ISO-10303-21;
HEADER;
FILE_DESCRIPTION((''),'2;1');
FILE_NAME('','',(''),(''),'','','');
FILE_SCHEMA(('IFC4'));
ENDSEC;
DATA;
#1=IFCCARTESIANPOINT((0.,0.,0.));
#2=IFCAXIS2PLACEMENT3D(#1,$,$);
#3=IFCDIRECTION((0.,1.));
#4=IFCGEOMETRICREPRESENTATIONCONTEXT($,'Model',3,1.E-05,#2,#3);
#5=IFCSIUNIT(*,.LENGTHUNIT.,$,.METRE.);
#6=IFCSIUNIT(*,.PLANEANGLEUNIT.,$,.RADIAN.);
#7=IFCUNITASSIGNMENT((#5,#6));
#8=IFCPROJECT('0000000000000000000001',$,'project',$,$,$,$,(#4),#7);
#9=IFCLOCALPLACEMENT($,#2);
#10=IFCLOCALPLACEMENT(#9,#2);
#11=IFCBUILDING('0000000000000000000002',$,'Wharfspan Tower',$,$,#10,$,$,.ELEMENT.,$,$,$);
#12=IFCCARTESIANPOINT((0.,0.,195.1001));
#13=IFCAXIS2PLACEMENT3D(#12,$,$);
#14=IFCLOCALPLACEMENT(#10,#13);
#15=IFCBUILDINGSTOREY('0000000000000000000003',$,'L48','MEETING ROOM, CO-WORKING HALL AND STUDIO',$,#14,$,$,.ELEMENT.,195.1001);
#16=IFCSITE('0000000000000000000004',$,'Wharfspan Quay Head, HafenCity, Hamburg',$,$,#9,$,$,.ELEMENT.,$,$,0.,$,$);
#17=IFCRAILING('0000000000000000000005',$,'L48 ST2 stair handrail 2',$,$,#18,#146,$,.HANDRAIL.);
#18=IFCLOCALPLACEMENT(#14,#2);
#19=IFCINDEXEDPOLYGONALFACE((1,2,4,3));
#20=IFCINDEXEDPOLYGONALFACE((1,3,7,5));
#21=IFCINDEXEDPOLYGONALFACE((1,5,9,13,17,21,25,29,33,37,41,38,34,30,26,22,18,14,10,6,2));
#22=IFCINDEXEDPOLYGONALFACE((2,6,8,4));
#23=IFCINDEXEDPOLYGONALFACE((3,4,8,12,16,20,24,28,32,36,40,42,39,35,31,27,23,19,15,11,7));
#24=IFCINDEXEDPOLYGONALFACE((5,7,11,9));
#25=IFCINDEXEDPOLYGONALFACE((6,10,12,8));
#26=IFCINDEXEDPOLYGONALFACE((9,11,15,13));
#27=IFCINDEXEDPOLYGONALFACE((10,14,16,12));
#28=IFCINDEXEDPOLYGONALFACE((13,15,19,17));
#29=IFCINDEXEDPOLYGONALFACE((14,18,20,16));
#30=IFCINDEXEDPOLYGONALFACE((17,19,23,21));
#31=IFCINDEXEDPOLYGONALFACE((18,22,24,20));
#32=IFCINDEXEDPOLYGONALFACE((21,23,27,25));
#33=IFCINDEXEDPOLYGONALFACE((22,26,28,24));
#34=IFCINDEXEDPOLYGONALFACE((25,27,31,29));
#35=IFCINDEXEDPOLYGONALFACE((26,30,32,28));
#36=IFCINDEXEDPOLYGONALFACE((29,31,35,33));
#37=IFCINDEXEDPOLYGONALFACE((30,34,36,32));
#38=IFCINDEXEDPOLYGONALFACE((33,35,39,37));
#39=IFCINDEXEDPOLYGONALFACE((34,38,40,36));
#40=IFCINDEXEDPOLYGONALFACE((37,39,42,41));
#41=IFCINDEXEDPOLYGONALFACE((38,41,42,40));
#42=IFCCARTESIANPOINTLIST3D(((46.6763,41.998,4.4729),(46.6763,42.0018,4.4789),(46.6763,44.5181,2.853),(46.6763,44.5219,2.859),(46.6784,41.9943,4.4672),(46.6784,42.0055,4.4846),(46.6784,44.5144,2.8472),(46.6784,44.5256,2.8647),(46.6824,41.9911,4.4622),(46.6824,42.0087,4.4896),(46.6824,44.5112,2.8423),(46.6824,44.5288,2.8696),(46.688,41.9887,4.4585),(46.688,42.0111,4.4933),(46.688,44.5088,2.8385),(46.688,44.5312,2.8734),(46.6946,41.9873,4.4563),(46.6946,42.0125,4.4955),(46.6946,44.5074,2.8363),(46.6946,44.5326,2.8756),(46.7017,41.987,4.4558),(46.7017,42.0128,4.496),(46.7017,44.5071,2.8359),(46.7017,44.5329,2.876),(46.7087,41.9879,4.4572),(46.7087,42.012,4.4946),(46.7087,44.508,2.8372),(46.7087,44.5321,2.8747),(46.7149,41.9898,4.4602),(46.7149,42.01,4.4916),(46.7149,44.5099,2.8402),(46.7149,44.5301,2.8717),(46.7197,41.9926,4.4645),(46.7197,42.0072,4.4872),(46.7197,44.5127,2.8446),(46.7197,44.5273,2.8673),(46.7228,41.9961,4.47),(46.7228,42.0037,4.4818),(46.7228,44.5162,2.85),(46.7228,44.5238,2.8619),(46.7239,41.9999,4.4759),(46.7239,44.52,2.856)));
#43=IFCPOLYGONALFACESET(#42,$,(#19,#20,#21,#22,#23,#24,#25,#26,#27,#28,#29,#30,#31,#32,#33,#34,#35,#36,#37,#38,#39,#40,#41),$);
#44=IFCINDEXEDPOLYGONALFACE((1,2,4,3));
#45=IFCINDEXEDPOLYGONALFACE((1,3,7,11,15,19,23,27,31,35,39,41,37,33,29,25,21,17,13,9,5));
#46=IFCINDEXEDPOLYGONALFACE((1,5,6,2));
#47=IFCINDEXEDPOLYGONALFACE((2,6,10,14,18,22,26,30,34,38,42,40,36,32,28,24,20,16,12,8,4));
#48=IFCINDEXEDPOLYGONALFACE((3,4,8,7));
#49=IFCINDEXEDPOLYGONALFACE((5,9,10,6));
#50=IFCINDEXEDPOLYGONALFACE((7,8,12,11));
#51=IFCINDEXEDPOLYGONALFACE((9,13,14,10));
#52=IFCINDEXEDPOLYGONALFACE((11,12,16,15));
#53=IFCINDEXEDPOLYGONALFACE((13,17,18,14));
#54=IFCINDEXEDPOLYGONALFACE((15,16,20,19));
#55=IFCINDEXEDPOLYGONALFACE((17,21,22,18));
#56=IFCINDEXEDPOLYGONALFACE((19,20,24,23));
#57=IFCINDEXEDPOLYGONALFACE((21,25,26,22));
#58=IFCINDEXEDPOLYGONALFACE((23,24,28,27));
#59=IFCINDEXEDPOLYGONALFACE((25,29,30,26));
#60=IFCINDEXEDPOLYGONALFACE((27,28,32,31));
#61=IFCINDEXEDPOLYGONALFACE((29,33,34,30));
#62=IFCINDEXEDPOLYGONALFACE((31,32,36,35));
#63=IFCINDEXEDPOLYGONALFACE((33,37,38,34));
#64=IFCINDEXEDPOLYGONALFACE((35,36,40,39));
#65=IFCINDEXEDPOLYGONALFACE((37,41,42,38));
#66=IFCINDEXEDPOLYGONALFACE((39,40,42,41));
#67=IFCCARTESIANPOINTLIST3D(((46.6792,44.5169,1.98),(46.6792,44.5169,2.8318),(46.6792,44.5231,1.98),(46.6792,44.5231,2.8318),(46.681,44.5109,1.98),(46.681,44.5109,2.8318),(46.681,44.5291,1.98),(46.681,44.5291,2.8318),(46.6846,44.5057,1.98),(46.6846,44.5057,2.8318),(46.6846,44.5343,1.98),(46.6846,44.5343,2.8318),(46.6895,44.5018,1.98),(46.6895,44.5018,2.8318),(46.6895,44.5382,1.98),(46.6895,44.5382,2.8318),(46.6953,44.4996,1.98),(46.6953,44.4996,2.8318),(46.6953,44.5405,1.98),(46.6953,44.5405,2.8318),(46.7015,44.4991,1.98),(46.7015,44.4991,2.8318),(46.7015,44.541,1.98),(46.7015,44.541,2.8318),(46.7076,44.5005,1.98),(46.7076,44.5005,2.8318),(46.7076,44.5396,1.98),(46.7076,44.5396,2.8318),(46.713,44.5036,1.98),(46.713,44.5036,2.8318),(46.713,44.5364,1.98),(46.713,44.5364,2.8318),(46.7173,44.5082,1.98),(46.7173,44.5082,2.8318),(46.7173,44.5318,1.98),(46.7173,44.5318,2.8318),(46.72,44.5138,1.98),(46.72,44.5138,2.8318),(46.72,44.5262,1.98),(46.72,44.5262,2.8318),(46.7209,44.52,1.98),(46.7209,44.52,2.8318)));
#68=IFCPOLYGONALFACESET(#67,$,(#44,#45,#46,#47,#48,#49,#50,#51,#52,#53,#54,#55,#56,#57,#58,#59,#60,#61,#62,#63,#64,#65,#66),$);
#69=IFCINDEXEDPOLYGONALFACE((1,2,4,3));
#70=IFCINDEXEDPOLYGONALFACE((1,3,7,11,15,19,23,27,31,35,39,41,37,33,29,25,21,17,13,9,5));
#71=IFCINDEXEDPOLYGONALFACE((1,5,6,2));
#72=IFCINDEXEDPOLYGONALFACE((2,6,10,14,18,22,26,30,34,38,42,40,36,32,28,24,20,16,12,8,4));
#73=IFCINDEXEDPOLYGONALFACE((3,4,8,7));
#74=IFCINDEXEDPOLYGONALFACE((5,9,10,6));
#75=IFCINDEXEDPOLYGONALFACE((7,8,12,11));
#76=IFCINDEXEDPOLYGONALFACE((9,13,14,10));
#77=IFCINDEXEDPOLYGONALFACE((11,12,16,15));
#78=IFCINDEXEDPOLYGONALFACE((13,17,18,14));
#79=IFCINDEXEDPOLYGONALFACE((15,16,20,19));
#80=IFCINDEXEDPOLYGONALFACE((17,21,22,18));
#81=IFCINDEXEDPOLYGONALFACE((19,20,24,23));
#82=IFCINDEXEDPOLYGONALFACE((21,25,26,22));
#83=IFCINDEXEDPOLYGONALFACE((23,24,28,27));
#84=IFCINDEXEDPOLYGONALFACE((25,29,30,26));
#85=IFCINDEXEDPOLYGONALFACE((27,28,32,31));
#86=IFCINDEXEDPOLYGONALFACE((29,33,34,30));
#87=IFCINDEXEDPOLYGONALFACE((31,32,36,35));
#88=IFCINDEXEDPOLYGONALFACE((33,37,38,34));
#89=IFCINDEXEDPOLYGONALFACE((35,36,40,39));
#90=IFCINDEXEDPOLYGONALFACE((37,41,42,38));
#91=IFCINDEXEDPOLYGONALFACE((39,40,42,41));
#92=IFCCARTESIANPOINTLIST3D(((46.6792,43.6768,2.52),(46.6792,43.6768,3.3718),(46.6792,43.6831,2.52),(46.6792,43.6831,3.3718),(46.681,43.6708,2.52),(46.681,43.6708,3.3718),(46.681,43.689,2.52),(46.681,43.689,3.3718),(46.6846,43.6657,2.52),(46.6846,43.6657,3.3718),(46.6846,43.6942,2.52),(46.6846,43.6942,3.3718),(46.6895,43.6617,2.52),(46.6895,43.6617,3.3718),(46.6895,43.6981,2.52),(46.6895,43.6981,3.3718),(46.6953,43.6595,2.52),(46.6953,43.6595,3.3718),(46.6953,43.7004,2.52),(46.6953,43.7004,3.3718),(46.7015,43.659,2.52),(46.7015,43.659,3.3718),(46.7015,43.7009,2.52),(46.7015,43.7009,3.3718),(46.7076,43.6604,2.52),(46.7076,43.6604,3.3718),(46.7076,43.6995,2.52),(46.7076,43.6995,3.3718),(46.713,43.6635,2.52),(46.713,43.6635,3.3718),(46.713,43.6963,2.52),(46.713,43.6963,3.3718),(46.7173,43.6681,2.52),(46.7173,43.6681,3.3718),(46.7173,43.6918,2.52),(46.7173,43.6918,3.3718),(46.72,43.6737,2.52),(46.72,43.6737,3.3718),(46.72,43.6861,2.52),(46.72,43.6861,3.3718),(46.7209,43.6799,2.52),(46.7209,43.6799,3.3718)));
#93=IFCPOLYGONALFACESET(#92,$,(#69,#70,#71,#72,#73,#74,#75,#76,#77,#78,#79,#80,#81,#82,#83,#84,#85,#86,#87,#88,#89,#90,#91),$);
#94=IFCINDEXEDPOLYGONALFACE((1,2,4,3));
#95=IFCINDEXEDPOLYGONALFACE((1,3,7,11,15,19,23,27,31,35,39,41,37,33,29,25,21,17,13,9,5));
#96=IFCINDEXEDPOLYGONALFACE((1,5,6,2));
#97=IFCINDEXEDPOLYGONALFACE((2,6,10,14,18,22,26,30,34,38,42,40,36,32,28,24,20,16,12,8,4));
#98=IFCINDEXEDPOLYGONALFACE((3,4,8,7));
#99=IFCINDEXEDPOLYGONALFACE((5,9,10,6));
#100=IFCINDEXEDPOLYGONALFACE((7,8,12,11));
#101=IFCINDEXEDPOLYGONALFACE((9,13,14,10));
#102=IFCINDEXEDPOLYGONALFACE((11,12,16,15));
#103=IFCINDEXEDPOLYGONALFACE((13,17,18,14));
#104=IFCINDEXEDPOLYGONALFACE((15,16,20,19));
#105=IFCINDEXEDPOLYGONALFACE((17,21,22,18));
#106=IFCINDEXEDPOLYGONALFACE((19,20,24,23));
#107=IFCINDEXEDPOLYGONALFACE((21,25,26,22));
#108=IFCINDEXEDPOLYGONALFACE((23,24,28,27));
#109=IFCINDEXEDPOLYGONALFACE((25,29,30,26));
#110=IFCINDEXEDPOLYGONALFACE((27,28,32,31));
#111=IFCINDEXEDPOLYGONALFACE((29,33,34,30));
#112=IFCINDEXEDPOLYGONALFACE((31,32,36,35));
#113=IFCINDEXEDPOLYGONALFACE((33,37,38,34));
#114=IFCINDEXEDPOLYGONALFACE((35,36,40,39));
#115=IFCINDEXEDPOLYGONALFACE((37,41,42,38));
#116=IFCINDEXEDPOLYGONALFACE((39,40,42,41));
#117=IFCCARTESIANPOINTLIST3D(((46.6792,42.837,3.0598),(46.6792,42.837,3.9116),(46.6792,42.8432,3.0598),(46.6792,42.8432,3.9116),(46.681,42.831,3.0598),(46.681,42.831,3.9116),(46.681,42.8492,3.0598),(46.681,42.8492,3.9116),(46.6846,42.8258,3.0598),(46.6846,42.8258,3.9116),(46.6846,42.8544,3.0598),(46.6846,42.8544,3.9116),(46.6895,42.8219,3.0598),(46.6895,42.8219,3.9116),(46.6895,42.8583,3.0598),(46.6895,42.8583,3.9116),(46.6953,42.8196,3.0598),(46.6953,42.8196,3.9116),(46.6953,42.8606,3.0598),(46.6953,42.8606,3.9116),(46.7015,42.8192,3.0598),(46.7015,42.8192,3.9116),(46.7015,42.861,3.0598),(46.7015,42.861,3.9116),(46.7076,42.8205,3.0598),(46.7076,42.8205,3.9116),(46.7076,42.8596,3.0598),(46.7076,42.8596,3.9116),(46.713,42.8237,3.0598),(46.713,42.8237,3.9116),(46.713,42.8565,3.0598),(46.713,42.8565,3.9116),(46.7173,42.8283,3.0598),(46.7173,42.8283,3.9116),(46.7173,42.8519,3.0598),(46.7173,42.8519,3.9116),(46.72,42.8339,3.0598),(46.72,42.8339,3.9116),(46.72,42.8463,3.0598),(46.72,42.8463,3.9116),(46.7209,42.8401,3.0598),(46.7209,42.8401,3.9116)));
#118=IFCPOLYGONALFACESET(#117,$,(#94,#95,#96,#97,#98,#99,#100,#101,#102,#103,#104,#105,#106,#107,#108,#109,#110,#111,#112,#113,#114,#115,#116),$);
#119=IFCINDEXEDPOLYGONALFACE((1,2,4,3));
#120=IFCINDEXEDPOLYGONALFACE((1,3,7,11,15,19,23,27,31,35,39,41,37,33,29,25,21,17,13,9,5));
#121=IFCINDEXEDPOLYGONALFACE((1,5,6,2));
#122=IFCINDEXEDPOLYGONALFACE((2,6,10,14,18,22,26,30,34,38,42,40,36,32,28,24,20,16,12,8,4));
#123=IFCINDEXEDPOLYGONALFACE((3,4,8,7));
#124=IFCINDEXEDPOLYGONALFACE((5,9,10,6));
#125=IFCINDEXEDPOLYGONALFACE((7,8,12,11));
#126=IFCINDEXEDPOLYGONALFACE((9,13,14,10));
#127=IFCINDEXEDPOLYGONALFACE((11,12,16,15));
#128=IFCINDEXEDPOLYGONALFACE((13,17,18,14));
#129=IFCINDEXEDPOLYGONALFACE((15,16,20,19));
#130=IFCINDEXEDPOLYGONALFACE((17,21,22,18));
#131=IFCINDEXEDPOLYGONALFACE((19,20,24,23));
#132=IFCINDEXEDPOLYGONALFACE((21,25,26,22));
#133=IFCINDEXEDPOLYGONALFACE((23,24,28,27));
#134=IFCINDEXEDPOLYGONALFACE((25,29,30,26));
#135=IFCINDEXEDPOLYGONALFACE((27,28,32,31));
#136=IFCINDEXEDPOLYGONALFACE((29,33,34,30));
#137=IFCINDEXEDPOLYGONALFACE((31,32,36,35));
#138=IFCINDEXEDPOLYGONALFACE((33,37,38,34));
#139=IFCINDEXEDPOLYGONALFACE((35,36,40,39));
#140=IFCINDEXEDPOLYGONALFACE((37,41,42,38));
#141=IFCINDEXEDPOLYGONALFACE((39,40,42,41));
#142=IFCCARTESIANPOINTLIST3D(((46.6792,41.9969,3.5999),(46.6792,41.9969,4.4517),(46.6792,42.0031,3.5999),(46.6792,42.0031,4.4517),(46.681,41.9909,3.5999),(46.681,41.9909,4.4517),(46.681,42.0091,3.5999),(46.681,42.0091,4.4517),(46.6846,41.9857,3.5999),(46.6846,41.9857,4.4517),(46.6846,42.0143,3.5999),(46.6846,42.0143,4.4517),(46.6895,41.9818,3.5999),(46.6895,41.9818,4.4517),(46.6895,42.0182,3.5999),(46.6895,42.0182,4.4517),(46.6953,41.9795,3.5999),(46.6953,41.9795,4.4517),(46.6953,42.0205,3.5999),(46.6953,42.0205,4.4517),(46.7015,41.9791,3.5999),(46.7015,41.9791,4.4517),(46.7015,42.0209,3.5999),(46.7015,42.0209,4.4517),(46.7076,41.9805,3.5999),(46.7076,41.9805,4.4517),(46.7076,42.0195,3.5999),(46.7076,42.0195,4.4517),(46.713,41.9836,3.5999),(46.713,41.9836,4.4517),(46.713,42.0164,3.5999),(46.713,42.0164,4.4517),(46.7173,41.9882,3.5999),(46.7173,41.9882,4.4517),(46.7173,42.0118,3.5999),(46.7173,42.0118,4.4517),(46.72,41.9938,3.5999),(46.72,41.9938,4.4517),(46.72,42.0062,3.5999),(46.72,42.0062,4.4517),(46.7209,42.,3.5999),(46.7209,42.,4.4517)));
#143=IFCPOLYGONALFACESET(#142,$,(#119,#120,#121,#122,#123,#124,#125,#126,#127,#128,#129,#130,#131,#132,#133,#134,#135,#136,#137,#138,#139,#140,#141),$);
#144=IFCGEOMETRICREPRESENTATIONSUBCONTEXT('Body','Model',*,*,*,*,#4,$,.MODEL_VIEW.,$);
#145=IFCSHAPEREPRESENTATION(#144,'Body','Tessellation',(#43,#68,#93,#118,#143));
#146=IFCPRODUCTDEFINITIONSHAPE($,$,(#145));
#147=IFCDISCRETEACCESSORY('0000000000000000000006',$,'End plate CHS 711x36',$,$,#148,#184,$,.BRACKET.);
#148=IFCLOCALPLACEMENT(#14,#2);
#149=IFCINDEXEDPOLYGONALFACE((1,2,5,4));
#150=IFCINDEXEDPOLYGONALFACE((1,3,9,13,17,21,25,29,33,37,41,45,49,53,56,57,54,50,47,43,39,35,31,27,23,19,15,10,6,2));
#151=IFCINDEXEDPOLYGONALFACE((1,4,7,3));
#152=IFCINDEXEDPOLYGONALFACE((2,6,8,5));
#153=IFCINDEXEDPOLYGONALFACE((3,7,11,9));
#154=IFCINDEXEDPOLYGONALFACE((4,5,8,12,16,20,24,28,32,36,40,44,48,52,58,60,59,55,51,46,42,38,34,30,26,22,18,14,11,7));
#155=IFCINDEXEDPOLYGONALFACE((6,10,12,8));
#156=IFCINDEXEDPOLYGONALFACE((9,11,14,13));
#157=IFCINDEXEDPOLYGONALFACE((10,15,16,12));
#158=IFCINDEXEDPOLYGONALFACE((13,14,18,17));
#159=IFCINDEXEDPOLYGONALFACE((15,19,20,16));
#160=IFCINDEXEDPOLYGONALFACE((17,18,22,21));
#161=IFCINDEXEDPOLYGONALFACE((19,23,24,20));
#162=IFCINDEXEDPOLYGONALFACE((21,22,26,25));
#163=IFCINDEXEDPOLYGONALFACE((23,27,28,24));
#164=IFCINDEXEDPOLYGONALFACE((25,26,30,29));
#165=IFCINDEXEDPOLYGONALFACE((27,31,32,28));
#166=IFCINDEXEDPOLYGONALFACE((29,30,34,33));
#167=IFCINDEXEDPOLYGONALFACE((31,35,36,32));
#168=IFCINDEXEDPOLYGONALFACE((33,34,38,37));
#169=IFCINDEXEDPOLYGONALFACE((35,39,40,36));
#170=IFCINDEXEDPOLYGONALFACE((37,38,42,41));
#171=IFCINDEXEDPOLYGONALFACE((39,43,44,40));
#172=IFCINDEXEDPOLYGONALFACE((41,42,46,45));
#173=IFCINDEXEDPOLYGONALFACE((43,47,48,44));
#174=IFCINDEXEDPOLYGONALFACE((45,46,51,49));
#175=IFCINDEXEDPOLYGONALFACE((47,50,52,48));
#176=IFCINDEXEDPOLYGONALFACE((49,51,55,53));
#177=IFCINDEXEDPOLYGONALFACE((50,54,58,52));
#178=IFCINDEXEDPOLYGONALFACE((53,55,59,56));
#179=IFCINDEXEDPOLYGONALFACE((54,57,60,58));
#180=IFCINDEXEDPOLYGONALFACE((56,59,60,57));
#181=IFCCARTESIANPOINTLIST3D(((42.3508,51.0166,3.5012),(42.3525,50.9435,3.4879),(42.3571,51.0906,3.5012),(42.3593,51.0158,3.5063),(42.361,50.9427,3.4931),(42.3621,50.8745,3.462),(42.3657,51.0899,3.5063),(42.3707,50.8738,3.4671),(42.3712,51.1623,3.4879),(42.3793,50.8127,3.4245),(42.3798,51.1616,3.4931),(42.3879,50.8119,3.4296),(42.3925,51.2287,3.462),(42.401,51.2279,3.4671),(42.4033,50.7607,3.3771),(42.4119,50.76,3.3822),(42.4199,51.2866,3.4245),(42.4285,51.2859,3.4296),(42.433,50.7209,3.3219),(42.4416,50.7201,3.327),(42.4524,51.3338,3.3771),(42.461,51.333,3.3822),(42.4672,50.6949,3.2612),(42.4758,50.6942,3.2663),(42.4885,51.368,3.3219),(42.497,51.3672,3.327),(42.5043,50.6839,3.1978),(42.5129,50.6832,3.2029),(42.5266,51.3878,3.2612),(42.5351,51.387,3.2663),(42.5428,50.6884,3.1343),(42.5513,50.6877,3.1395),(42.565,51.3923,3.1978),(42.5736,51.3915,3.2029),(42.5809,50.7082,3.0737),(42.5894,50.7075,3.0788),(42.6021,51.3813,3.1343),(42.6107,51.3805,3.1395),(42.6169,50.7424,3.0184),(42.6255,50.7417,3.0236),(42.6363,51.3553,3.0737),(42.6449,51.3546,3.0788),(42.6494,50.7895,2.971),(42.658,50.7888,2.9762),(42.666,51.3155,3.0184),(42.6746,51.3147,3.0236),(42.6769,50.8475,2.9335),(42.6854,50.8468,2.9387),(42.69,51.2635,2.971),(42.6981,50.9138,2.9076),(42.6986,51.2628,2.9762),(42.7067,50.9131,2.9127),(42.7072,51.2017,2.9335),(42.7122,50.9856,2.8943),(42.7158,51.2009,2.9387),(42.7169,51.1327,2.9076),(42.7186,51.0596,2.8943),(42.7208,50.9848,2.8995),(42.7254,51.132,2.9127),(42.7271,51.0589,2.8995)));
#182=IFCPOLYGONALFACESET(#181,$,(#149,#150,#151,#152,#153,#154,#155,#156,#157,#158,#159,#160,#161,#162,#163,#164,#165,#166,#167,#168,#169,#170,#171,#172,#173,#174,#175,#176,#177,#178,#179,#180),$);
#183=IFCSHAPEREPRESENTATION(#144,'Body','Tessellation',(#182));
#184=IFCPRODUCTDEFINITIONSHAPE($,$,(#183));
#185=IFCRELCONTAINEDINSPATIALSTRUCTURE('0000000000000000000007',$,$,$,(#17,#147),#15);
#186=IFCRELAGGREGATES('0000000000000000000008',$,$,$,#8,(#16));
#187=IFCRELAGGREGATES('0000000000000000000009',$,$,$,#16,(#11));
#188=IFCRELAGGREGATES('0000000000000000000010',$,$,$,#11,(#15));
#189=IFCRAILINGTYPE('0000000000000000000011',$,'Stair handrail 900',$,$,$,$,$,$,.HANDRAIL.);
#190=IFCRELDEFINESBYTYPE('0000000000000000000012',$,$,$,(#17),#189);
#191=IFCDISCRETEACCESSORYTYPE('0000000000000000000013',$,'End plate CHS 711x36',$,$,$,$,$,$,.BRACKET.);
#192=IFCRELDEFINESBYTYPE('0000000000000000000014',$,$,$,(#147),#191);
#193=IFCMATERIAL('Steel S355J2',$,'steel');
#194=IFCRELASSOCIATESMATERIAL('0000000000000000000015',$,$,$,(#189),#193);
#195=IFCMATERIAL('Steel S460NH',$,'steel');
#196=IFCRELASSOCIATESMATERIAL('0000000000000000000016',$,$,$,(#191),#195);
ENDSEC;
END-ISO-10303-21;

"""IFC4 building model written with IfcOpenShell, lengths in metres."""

from ifc_helpers import new_model, si_unit, direction, frame, origin, origin_2d, place, context, subcontext, project, spatial, circle, extrude, material, material_profile, profile_set, type_object, element, save


model = new_model("IFC4")

# Units and contexts
model_context = context("Model", 3, precision=1e-05, world=origin(), true_north=direction((0.0, 1.0)))
body_context = subcontext(model_context, "Body", "Model", "MODEL_VIEW")
ifc_project = project(units=[si_unit("LENGTHUNIT", "METRE"), si_unit("PLANEANGLEUNIT", "RADIAN")], contexts=[model_context])

# Site, building, storey
site_placement = place(None, origin())
site = spatial("IfcSite", under=ifc_project, at=site_placement, Name="Wharfspan Quay Head, HafenCity, Hamburg", CompositionType="ELEMENT", RefElevation=0.0)
building_placement = place(site_placement, origin())
building = spatial("IfcBuilding", under=site, at=building_placement, Name="Wharfspan Tower", CompositionType="ELEMENT")
storey_placement = place(building_placement, frame((0.0, 0.0, 195.1001)))
storey = spatial("IfcBuildingStorey", under=building, at=storey_placement, Name="L48", Description="MEETING ROOM, CO-WORKING HALL AND STUDIO", CompositionType="ELEMENT", Elevation=195.1001)

# Shared definitions
ifc_material_1 = material(Name="Steel S355J2", Category="steel")

# Shared definitions
ifc_material_2 = material(Name="Steel S460NH", Category="steel")

# Railing
railing_type_1 = type_object("IfcRailingType", Name="Stair handrail 900", PredefinedType="HANDRAIL", material=ifc_material_1)
railing_1_placement = place(storey_placement, frame((46.7, 44.52, 1.98)))
element("IfcRailing", 1, at=railing_1_placement, inside=storey, type_object=railing_type_1, Name="L48 ST2 stair handrail 2", PredefinedType="HANDRAIL", context=body_context, shape_type="SweptSolid", body=[
    extrude(circle(Radius=0.0239, at=origin_2d()), frame((0.0, 0.0, 0.876), z_axis=(0.0, -0.8412, 0.540725), x_axis=(1.0, 0.0, 0.0)), (0.0, 0.0, 1.0), 2.9958),
    extrude(circle(Radius=0.021, at=origin_2d()), origin(), (0.0, 0.0, 1.0), 0.8518),
    extrude(circle(Radius=0.021, at=origin_2d()), frame((0.0, -0.8401, 0.54)), (0.0, 0.0, 1.0), 0.8518),
    extrude(circle(Radius=0.021, at=origin_2d()), frame((0.0, -1.6799, 1.0798)), (0.0, 0.0, 1.0), 0.8518),
    extrude(circle(Radius=0.021, at=origin_2d()), frame((0.0, -2.52, 1.6199)), (0.0, 0.0, 1.0), 0.8518),
])

# Discrete accessory
ifc_material_profile_1 = material_profile(ifc_material_2, circle(Radius=0.3555, at=origin_2d()))
ifc_profile_set_1 = profile_set([ifc_material_profile_1], Name="Steel S460NH")
discrete_accessory_type = type_object("IfcDiscreteAccessoryType", Name="End plate CHS 711x36", PredefinedType="BRACKET", material=ifc_profile_set_1)
for number, where, z_axis, x_axis, name in (
    (2, (42.5347, 51.0381, 3.1978), (0.855186, -0.073302, 0.513112), (0.085402, 0.996345, -0.000001), "End plate CHS 711x36"),
):
    element("IfcDiscreteAccessory", number, at=place(storey_placement, frame(where, z_axis=z_axis, x_axis=x_axis)), inside=storey, type_object=discrete_accessory_type, Name=name, PredefinedType="BRACKET", context=body_context, shape_type="SweptSolid", body=[
        extrude(circle(Radius=0.3555, at=origin_2d()), origin(), (0.0, 0.0, 1.0), 0.01),
    ])

save(model, "model.ifc")
